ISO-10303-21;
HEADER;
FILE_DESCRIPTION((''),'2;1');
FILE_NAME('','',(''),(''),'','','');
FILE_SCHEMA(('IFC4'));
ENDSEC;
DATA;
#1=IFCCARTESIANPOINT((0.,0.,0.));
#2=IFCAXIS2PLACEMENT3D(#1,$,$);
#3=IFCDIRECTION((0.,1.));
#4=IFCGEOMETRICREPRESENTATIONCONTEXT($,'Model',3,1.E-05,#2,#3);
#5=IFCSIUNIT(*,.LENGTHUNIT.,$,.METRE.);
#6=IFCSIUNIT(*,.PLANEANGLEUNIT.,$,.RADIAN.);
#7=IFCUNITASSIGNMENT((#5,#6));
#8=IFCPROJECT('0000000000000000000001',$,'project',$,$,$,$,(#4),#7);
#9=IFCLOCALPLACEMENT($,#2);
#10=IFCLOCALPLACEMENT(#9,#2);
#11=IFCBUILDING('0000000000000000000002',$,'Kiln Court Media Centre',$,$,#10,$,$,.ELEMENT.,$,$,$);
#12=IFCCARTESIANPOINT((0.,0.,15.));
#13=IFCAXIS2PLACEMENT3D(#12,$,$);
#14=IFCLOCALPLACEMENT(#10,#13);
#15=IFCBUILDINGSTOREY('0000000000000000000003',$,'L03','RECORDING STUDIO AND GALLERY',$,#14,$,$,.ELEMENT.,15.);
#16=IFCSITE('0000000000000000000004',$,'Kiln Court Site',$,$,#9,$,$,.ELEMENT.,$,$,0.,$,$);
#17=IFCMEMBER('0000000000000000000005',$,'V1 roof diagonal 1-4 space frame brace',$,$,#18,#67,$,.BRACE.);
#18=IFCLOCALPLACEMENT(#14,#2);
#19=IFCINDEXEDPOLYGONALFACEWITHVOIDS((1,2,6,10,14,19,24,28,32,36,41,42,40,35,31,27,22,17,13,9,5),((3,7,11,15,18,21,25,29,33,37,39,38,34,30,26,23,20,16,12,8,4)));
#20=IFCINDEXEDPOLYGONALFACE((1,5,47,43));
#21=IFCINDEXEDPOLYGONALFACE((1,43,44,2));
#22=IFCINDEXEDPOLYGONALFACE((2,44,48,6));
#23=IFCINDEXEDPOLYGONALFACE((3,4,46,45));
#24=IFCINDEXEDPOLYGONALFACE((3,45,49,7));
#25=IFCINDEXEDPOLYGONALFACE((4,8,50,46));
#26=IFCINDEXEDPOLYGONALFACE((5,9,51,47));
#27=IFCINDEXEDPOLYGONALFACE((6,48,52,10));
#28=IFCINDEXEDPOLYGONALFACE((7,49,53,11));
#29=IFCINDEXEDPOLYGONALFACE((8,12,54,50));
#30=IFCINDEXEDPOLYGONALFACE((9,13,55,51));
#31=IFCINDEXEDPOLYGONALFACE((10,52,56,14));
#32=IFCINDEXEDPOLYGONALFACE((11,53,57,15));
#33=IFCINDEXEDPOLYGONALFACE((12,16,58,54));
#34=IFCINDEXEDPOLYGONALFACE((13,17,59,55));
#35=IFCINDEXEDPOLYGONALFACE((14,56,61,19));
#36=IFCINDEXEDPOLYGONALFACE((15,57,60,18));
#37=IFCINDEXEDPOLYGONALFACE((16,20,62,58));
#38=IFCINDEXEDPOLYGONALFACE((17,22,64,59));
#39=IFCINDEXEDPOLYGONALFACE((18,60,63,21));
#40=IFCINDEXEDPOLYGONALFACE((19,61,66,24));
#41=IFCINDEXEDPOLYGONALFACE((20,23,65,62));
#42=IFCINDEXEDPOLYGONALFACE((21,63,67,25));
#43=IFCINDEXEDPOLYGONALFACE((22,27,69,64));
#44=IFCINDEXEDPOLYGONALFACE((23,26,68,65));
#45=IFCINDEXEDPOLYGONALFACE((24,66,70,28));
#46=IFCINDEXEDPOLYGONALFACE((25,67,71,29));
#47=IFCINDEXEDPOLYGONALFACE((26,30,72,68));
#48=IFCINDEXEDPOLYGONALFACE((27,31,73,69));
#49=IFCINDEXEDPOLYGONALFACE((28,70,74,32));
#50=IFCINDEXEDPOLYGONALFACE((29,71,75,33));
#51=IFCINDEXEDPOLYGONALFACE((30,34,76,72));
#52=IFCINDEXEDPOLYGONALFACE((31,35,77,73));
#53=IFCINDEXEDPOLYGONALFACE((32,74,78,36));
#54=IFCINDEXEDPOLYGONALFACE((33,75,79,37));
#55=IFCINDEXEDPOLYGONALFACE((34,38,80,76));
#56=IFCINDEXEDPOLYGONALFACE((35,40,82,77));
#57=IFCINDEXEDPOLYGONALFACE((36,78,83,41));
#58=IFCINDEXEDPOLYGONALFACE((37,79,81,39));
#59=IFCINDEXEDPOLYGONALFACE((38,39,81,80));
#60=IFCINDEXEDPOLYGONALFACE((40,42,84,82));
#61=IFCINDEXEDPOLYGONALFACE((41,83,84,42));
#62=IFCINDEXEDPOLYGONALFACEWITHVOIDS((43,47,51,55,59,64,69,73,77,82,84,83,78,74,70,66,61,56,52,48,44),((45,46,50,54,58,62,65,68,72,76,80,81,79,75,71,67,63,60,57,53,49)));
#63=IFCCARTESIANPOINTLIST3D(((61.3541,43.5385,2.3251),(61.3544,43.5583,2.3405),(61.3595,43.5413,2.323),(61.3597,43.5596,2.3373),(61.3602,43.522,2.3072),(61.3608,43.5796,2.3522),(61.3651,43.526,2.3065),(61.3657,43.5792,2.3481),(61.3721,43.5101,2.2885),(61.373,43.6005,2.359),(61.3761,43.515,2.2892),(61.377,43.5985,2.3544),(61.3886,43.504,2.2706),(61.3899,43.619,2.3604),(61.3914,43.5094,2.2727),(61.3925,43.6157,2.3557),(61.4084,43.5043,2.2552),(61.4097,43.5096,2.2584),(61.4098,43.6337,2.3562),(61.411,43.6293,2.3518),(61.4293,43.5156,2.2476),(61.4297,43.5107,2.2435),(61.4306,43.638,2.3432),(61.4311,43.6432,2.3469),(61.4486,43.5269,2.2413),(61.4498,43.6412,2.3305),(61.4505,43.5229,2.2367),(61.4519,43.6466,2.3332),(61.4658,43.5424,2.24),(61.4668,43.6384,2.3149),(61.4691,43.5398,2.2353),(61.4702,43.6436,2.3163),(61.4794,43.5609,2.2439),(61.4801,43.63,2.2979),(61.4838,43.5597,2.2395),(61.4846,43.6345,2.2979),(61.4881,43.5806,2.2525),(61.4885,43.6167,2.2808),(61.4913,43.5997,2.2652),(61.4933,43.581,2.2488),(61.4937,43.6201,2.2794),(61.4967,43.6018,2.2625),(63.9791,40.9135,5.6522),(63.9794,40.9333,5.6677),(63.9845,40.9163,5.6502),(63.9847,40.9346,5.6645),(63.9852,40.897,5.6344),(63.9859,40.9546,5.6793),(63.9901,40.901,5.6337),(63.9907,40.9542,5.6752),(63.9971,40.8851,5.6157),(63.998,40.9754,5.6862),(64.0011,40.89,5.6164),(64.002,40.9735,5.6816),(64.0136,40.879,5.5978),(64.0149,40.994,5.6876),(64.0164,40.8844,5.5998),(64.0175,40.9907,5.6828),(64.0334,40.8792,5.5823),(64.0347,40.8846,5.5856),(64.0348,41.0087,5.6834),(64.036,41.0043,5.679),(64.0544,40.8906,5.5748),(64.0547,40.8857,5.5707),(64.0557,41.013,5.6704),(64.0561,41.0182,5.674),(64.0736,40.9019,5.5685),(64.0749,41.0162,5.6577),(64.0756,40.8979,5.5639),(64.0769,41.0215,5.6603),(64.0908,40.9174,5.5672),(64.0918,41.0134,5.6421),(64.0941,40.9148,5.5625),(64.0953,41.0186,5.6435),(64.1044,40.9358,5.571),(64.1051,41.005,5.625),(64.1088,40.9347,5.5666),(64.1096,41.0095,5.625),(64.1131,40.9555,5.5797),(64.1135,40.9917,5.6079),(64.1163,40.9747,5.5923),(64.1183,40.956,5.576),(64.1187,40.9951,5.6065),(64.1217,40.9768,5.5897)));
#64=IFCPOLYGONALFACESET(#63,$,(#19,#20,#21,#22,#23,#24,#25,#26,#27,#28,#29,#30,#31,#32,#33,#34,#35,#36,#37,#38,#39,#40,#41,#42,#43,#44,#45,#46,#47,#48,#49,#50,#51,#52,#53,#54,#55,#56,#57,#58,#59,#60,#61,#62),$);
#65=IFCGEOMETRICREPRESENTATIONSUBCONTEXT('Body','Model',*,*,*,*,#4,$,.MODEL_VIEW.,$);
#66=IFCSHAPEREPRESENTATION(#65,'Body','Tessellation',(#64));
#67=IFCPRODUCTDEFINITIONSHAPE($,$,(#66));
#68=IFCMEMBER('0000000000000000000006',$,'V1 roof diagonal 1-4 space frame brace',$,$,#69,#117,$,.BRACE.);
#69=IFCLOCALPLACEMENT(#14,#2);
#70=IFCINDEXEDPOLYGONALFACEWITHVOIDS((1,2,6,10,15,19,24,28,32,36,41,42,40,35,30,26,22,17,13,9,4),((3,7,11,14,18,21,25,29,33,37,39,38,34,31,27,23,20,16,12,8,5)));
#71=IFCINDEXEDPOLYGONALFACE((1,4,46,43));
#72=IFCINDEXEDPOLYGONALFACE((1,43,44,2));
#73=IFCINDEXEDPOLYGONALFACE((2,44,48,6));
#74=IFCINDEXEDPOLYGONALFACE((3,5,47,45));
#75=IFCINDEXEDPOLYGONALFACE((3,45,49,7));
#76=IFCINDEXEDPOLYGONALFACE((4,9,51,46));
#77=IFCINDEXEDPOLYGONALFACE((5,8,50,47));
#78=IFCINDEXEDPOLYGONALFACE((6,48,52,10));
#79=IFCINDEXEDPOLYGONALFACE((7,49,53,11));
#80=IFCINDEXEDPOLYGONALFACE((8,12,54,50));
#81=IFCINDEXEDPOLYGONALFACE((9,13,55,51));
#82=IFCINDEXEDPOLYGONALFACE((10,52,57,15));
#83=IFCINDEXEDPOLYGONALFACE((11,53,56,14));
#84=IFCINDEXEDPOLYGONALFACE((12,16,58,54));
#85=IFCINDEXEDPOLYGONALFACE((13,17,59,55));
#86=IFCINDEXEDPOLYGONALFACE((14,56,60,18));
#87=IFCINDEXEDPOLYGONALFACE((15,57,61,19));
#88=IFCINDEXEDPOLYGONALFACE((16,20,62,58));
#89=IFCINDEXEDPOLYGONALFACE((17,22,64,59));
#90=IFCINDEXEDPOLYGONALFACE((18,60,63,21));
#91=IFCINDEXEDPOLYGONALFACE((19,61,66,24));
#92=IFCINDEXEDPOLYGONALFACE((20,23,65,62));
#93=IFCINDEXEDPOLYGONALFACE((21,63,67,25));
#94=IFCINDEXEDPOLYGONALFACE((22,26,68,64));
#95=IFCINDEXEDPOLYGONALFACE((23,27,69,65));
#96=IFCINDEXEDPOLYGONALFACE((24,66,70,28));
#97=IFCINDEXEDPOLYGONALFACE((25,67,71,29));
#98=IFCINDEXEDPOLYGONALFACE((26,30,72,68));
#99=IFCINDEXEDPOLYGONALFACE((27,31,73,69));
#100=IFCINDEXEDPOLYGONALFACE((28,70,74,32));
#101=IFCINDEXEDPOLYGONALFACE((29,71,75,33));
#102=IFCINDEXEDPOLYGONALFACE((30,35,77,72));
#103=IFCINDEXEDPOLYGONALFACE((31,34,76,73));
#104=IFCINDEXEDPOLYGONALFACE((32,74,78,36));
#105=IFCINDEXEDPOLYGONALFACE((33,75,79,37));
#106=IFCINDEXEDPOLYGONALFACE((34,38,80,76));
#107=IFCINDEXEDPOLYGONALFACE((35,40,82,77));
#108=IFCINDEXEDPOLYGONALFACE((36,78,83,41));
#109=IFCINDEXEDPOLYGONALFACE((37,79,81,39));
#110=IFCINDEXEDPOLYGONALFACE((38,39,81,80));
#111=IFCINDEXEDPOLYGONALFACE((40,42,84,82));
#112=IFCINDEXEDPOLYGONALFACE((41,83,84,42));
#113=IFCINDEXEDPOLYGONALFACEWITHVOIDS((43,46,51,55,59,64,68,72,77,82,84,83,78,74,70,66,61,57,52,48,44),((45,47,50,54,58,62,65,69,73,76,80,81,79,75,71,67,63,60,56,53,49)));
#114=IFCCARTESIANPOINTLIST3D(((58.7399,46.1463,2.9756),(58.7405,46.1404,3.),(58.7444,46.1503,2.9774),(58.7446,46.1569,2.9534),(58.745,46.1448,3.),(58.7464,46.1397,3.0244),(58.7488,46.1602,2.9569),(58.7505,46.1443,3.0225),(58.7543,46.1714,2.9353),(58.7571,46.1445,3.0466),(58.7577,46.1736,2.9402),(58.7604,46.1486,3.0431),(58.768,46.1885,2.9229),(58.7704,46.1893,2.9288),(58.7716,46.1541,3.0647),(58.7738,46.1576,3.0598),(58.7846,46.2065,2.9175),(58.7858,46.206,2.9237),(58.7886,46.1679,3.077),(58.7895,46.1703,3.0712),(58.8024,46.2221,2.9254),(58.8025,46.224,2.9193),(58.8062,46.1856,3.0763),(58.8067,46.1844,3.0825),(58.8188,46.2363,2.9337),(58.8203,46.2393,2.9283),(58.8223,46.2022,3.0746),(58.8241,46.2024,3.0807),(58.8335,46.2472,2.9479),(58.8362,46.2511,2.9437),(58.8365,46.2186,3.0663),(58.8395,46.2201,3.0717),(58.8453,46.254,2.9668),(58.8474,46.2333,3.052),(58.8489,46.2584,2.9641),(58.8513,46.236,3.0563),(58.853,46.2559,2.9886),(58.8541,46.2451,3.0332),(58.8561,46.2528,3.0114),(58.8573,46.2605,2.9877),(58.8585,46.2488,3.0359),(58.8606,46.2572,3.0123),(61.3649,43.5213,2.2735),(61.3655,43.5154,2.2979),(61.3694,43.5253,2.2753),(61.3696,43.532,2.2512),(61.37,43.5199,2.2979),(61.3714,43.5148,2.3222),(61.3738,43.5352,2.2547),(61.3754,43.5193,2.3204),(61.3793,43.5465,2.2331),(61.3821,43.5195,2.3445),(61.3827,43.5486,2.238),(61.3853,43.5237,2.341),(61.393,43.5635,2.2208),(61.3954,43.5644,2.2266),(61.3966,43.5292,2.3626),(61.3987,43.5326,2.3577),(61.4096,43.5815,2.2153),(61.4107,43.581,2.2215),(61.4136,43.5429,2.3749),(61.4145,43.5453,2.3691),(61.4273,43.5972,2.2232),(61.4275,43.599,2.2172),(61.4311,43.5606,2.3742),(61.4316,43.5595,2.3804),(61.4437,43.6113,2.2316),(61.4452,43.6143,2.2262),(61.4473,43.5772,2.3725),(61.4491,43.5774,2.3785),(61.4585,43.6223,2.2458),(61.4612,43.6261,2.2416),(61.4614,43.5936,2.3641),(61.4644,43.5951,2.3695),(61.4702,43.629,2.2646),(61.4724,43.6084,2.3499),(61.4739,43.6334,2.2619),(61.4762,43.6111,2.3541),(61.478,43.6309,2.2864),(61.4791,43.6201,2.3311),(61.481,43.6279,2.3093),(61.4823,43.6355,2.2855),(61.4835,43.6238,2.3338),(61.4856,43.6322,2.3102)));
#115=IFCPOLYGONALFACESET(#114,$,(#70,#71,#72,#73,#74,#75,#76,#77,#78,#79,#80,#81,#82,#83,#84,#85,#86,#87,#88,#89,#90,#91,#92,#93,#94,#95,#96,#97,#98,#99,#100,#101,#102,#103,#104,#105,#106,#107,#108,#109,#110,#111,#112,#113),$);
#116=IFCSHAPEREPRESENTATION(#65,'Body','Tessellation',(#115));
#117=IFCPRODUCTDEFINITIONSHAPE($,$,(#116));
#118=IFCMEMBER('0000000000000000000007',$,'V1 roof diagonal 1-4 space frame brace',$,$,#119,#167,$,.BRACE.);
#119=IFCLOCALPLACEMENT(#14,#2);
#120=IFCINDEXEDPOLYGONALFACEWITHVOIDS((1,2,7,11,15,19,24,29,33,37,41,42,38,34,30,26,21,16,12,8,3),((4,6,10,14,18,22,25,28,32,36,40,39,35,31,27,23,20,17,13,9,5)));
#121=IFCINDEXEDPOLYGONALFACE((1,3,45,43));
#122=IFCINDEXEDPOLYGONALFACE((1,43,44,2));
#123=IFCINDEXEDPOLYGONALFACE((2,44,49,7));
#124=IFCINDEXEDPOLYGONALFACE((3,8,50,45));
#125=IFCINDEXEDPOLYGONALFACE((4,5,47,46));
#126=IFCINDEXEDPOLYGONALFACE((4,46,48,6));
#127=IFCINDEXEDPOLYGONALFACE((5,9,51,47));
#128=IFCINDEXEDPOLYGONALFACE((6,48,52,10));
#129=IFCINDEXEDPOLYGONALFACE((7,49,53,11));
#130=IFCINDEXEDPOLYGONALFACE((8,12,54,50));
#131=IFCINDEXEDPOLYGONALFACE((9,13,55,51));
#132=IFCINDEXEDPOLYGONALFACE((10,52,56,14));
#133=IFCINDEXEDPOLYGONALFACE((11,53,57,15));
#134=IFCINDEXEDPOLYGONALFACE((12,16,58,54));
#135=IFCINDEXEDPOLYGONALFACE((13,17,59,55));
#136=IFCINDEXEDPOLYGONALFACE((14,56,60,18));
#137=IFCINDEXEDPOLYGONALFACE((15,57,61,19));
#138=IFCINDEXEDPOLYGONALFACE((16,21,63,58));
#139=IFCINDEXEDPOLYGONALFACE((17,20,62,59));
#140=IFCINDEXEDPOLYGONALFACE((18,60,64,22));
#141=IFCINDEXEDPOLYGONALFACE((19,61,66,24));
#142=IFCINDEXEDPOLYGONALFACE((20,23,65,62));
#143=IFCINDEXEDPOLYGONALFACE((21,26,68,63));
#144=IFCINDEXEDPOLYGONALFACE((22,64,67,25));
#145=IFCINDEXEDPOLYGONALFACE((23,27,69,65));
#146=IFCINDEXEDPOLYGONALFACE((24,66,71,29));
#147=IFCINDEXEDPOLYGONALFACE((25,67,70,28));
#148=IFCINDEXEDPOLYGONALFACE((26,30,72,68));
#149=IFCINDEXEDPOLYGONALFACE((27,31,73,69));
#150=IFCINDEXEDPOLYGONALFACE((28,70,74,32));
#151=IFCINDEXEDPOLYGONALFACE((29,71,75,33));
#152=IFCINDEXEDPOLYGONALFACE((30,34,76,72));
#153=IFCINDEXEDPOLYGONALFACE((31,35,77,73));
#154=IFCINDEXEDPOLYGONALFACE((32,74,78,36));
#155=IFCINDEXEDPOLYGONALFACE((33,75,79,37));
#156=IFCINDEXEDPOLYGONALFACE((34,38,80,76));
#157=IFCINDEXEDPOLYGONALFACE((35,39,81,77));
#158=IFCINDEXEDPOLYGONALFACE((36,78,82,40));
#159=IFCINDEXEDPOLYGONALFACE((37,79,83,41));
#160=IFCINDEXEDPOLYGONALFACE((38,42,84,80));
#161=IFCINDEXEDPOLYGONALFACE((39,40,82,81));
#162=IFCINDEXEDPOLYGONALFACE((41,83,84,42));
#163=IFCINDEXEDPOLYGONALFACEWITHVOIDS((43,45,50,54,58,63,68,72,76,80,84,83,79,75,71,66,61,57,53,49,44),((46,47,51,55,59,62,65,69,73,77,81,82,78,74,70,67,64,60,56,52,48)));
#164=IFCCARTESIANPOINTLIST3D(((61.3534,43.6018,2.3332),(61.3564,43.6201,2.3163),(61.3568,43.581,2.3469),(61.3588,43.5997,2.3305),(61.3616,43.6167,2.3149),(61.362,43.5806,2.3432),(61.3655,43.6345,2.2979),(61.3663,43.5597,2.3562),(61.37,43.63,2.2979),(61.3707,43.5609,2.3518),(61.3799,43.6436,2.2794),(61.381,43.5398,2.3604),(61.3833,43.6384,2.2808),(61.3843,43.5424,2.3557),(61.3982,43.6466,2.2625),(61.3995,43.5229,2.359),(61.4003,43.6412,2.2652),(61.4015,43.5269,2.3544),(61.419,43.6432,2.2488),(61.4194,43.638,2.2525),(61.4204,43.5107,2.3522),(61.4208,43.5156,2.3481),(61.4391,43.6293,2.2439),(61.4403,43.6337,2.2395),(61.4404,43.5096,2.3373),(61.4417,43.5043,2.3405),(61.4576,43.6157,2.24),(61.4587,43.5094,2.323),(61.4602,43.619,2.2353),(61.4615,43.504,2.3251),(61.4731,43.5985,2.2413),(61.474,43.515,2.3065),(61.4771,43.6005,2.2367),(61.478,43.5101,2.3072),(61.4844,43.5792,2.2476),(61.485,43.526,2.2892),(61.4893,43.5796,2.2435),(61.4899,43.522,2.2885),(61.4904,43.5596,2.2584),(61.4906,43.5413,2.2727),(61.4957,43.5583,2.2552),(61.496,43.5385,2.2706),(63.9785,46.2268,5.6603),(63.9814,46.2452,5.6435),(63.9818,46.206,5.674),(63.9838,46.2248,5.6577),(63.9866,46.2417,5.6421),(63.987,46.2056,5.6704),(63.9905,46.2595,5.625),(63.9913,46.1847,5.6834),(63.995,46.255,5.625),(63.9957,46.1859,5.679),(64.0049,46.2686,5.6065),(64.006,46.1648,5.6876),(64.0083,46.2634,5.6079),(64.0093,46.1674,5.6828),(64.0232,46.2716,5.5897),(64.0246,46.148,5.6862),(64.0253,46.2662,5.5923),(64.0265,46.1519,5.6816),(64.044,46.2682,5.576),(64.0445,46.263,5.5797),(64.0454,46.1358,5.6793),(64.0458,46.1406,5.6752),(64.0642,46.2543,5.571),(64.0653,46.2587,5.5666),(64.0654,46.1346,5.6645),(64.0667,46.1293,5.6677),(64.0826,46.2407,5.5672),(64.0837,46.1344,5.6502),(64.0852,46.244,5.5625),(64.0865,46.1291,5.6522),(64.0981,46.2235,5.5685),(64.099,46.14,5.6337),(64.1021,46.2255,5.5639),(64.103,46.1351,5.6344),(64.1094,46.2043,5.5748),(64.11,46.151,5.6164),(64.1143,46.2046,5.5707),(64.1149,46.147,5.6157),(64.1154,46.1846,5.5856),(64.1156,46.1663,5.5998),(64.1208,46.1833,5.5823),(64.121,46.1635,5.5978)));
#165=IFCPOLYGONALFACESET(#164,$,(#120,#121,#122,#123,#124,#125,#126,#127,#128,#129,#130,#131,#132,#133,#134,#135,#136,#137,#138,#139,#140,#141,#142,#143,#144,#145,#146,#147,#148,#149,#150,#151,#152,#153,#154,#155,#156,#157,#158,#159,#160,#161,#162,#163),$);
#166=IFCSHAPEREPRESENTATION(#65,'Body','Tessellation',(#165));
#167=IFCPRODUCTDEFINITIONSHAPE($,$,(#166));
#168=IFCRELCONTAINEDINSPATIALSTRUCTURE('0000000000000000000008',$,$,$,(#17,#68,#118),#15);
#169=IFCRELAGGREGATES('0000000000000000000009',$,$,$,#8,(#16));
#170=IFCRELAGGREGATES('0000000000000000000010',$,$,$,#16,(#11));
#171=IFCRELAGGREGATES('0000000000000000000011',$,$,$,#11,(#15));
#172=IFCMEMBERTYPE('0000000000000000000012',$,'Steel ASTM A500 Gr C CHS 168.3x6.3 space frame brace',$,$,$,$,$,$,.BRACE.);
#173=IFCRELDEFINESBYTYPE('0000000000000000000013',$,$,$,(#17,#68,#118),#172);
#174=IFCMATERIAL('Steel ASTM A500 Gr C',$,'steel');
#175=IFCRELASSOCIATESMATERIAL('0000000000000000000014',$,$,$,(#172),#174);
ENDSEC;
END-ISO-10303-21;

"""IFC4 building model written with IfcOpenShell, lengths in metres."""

from ifc_helpers import new_model, si_unit, direction, frame, origin, origin_2d, place, context, subcontext, project, spatial, hollow_circle, extrude, material, material_profile, profile_set, type_object, element, save


model = new_model("IFC4")

# Units and contexts
model_context = context("Model", 3, precision=1e-05, world=origin(), true_north=direction((0.0, 1.0)))
body_context = subcontext(model_context, "Body", "Model", "MODEL_VIEW")
ifc_project = project(units=[si_unit("LENGTHUNIT", "METRE"), si_unit("PLANEANGLEUNIT", "RADIAN")], contexts=[model_context])

# Site, building, storey
site_placement = place(None, origin())
site = spatial("IfcSite", under=ifc_project, at=site_placement, Name="Kiln Court Site", CompositionType="ELEMENT", RefElevation=0.0)
building_placement = place(site_placement, origin())
building = spatial("IfcBuilding", under=site, at=building_placement, Name="Kiln Court Media Centre", CompositionType="ELEMENT")
storey_placement = place(building_placement, frame((0.0, 0.0, 15.0)))
storey = spatial("IfcBuildingStorey", under=building, at=storey_placement, Name="L03", Description="RECORDING STUDIO AND GALLERY", CompositionType="ELEMENT", Elevation=15.0)

# Members
ifc_material_1 = material(Name="Steel ASTM A500 Gr C", Category="steel")
ifc_material_profile_1 = material_profile(ifc_material_1, hollow_circle(Radius=0.0842, WallThickness=0.0063, at=origin_2d()), Name="CHS 168.3x6.3")
ifc_profile_set_1 = profile_set([ifc_material_profile_1], Name="Steel ASTM A500 Gr C")
member_type_1 = type_object("IfcMemberType", Name="Steel ASTM A500 Gr C CHS 168.3x6.3 space frame brace", PredefinedType="BRACE", material=ifc_profile_set_1)
member_1_placement = place(storey_placement, frame((61.425, 43.575, 2.2979), z_axis=(0.52657, -0.52657, 0.667419), x_axis=(0.707107, 0.707107, 0.0)))
element("IfcMember", 1, at=member_1_placement, inside=storey, type_object=member_type_1, Name="V1 roof diagonal 1-4 space frame brace", PredefinedType="BRACE", context=body_context, shape_type="SweptSolid", body=[
    extrude(hollow_circle(Radius=0.0842, WallThickness=0.0063, at=origin_2d()), origin(), (0.0, 0.0, 1.0), 4.9851),
])
member_2_placement = place(storey_placement, frame((61.425, 43.575, 2.2979), z_axis=(-0.694788, 0.694788, 0.185846), x_axis=(-0.707107, -0.707107, 0.0)))
element("IfcMember", 2, at=member_2_placement, inside=storey, type_object=member_type_1, Name="V1 roof diagonal 1-4 space frame brace", PredefinedType="BRACE", context=body_context, shape_type="SweptSolid", body=[
    extrude(hollow_circle(Radius=0.0842, WallThickness=0.0063, at=origin_2d()), origin(), (0.0, 0.0, 1.0), 3.7781),
])
member_3_placement = place(storey_placement, frame((61.425, 43.575, 2.2979), z_axis=(0.52657, 0.52657, 0.667419), x_axis=(-0.707107, 0.707107, 0.0)))
element("IfcMember", 3, at=member_3_placement, inside=storey, type_object=member_type_1, Name="V1 roof diagonal 1-4 space frame brace", PredefinedType="BRACE", context=body_context, shape_type="SweptSolid", body=[
    extrude(hollow_circle(Radius=0.0842, WallThickness=0.0063, at=origin_2d()), origin(), (0.0, 0.0, 1.0), 4.9851),
])

save(model, "model.ifc")
